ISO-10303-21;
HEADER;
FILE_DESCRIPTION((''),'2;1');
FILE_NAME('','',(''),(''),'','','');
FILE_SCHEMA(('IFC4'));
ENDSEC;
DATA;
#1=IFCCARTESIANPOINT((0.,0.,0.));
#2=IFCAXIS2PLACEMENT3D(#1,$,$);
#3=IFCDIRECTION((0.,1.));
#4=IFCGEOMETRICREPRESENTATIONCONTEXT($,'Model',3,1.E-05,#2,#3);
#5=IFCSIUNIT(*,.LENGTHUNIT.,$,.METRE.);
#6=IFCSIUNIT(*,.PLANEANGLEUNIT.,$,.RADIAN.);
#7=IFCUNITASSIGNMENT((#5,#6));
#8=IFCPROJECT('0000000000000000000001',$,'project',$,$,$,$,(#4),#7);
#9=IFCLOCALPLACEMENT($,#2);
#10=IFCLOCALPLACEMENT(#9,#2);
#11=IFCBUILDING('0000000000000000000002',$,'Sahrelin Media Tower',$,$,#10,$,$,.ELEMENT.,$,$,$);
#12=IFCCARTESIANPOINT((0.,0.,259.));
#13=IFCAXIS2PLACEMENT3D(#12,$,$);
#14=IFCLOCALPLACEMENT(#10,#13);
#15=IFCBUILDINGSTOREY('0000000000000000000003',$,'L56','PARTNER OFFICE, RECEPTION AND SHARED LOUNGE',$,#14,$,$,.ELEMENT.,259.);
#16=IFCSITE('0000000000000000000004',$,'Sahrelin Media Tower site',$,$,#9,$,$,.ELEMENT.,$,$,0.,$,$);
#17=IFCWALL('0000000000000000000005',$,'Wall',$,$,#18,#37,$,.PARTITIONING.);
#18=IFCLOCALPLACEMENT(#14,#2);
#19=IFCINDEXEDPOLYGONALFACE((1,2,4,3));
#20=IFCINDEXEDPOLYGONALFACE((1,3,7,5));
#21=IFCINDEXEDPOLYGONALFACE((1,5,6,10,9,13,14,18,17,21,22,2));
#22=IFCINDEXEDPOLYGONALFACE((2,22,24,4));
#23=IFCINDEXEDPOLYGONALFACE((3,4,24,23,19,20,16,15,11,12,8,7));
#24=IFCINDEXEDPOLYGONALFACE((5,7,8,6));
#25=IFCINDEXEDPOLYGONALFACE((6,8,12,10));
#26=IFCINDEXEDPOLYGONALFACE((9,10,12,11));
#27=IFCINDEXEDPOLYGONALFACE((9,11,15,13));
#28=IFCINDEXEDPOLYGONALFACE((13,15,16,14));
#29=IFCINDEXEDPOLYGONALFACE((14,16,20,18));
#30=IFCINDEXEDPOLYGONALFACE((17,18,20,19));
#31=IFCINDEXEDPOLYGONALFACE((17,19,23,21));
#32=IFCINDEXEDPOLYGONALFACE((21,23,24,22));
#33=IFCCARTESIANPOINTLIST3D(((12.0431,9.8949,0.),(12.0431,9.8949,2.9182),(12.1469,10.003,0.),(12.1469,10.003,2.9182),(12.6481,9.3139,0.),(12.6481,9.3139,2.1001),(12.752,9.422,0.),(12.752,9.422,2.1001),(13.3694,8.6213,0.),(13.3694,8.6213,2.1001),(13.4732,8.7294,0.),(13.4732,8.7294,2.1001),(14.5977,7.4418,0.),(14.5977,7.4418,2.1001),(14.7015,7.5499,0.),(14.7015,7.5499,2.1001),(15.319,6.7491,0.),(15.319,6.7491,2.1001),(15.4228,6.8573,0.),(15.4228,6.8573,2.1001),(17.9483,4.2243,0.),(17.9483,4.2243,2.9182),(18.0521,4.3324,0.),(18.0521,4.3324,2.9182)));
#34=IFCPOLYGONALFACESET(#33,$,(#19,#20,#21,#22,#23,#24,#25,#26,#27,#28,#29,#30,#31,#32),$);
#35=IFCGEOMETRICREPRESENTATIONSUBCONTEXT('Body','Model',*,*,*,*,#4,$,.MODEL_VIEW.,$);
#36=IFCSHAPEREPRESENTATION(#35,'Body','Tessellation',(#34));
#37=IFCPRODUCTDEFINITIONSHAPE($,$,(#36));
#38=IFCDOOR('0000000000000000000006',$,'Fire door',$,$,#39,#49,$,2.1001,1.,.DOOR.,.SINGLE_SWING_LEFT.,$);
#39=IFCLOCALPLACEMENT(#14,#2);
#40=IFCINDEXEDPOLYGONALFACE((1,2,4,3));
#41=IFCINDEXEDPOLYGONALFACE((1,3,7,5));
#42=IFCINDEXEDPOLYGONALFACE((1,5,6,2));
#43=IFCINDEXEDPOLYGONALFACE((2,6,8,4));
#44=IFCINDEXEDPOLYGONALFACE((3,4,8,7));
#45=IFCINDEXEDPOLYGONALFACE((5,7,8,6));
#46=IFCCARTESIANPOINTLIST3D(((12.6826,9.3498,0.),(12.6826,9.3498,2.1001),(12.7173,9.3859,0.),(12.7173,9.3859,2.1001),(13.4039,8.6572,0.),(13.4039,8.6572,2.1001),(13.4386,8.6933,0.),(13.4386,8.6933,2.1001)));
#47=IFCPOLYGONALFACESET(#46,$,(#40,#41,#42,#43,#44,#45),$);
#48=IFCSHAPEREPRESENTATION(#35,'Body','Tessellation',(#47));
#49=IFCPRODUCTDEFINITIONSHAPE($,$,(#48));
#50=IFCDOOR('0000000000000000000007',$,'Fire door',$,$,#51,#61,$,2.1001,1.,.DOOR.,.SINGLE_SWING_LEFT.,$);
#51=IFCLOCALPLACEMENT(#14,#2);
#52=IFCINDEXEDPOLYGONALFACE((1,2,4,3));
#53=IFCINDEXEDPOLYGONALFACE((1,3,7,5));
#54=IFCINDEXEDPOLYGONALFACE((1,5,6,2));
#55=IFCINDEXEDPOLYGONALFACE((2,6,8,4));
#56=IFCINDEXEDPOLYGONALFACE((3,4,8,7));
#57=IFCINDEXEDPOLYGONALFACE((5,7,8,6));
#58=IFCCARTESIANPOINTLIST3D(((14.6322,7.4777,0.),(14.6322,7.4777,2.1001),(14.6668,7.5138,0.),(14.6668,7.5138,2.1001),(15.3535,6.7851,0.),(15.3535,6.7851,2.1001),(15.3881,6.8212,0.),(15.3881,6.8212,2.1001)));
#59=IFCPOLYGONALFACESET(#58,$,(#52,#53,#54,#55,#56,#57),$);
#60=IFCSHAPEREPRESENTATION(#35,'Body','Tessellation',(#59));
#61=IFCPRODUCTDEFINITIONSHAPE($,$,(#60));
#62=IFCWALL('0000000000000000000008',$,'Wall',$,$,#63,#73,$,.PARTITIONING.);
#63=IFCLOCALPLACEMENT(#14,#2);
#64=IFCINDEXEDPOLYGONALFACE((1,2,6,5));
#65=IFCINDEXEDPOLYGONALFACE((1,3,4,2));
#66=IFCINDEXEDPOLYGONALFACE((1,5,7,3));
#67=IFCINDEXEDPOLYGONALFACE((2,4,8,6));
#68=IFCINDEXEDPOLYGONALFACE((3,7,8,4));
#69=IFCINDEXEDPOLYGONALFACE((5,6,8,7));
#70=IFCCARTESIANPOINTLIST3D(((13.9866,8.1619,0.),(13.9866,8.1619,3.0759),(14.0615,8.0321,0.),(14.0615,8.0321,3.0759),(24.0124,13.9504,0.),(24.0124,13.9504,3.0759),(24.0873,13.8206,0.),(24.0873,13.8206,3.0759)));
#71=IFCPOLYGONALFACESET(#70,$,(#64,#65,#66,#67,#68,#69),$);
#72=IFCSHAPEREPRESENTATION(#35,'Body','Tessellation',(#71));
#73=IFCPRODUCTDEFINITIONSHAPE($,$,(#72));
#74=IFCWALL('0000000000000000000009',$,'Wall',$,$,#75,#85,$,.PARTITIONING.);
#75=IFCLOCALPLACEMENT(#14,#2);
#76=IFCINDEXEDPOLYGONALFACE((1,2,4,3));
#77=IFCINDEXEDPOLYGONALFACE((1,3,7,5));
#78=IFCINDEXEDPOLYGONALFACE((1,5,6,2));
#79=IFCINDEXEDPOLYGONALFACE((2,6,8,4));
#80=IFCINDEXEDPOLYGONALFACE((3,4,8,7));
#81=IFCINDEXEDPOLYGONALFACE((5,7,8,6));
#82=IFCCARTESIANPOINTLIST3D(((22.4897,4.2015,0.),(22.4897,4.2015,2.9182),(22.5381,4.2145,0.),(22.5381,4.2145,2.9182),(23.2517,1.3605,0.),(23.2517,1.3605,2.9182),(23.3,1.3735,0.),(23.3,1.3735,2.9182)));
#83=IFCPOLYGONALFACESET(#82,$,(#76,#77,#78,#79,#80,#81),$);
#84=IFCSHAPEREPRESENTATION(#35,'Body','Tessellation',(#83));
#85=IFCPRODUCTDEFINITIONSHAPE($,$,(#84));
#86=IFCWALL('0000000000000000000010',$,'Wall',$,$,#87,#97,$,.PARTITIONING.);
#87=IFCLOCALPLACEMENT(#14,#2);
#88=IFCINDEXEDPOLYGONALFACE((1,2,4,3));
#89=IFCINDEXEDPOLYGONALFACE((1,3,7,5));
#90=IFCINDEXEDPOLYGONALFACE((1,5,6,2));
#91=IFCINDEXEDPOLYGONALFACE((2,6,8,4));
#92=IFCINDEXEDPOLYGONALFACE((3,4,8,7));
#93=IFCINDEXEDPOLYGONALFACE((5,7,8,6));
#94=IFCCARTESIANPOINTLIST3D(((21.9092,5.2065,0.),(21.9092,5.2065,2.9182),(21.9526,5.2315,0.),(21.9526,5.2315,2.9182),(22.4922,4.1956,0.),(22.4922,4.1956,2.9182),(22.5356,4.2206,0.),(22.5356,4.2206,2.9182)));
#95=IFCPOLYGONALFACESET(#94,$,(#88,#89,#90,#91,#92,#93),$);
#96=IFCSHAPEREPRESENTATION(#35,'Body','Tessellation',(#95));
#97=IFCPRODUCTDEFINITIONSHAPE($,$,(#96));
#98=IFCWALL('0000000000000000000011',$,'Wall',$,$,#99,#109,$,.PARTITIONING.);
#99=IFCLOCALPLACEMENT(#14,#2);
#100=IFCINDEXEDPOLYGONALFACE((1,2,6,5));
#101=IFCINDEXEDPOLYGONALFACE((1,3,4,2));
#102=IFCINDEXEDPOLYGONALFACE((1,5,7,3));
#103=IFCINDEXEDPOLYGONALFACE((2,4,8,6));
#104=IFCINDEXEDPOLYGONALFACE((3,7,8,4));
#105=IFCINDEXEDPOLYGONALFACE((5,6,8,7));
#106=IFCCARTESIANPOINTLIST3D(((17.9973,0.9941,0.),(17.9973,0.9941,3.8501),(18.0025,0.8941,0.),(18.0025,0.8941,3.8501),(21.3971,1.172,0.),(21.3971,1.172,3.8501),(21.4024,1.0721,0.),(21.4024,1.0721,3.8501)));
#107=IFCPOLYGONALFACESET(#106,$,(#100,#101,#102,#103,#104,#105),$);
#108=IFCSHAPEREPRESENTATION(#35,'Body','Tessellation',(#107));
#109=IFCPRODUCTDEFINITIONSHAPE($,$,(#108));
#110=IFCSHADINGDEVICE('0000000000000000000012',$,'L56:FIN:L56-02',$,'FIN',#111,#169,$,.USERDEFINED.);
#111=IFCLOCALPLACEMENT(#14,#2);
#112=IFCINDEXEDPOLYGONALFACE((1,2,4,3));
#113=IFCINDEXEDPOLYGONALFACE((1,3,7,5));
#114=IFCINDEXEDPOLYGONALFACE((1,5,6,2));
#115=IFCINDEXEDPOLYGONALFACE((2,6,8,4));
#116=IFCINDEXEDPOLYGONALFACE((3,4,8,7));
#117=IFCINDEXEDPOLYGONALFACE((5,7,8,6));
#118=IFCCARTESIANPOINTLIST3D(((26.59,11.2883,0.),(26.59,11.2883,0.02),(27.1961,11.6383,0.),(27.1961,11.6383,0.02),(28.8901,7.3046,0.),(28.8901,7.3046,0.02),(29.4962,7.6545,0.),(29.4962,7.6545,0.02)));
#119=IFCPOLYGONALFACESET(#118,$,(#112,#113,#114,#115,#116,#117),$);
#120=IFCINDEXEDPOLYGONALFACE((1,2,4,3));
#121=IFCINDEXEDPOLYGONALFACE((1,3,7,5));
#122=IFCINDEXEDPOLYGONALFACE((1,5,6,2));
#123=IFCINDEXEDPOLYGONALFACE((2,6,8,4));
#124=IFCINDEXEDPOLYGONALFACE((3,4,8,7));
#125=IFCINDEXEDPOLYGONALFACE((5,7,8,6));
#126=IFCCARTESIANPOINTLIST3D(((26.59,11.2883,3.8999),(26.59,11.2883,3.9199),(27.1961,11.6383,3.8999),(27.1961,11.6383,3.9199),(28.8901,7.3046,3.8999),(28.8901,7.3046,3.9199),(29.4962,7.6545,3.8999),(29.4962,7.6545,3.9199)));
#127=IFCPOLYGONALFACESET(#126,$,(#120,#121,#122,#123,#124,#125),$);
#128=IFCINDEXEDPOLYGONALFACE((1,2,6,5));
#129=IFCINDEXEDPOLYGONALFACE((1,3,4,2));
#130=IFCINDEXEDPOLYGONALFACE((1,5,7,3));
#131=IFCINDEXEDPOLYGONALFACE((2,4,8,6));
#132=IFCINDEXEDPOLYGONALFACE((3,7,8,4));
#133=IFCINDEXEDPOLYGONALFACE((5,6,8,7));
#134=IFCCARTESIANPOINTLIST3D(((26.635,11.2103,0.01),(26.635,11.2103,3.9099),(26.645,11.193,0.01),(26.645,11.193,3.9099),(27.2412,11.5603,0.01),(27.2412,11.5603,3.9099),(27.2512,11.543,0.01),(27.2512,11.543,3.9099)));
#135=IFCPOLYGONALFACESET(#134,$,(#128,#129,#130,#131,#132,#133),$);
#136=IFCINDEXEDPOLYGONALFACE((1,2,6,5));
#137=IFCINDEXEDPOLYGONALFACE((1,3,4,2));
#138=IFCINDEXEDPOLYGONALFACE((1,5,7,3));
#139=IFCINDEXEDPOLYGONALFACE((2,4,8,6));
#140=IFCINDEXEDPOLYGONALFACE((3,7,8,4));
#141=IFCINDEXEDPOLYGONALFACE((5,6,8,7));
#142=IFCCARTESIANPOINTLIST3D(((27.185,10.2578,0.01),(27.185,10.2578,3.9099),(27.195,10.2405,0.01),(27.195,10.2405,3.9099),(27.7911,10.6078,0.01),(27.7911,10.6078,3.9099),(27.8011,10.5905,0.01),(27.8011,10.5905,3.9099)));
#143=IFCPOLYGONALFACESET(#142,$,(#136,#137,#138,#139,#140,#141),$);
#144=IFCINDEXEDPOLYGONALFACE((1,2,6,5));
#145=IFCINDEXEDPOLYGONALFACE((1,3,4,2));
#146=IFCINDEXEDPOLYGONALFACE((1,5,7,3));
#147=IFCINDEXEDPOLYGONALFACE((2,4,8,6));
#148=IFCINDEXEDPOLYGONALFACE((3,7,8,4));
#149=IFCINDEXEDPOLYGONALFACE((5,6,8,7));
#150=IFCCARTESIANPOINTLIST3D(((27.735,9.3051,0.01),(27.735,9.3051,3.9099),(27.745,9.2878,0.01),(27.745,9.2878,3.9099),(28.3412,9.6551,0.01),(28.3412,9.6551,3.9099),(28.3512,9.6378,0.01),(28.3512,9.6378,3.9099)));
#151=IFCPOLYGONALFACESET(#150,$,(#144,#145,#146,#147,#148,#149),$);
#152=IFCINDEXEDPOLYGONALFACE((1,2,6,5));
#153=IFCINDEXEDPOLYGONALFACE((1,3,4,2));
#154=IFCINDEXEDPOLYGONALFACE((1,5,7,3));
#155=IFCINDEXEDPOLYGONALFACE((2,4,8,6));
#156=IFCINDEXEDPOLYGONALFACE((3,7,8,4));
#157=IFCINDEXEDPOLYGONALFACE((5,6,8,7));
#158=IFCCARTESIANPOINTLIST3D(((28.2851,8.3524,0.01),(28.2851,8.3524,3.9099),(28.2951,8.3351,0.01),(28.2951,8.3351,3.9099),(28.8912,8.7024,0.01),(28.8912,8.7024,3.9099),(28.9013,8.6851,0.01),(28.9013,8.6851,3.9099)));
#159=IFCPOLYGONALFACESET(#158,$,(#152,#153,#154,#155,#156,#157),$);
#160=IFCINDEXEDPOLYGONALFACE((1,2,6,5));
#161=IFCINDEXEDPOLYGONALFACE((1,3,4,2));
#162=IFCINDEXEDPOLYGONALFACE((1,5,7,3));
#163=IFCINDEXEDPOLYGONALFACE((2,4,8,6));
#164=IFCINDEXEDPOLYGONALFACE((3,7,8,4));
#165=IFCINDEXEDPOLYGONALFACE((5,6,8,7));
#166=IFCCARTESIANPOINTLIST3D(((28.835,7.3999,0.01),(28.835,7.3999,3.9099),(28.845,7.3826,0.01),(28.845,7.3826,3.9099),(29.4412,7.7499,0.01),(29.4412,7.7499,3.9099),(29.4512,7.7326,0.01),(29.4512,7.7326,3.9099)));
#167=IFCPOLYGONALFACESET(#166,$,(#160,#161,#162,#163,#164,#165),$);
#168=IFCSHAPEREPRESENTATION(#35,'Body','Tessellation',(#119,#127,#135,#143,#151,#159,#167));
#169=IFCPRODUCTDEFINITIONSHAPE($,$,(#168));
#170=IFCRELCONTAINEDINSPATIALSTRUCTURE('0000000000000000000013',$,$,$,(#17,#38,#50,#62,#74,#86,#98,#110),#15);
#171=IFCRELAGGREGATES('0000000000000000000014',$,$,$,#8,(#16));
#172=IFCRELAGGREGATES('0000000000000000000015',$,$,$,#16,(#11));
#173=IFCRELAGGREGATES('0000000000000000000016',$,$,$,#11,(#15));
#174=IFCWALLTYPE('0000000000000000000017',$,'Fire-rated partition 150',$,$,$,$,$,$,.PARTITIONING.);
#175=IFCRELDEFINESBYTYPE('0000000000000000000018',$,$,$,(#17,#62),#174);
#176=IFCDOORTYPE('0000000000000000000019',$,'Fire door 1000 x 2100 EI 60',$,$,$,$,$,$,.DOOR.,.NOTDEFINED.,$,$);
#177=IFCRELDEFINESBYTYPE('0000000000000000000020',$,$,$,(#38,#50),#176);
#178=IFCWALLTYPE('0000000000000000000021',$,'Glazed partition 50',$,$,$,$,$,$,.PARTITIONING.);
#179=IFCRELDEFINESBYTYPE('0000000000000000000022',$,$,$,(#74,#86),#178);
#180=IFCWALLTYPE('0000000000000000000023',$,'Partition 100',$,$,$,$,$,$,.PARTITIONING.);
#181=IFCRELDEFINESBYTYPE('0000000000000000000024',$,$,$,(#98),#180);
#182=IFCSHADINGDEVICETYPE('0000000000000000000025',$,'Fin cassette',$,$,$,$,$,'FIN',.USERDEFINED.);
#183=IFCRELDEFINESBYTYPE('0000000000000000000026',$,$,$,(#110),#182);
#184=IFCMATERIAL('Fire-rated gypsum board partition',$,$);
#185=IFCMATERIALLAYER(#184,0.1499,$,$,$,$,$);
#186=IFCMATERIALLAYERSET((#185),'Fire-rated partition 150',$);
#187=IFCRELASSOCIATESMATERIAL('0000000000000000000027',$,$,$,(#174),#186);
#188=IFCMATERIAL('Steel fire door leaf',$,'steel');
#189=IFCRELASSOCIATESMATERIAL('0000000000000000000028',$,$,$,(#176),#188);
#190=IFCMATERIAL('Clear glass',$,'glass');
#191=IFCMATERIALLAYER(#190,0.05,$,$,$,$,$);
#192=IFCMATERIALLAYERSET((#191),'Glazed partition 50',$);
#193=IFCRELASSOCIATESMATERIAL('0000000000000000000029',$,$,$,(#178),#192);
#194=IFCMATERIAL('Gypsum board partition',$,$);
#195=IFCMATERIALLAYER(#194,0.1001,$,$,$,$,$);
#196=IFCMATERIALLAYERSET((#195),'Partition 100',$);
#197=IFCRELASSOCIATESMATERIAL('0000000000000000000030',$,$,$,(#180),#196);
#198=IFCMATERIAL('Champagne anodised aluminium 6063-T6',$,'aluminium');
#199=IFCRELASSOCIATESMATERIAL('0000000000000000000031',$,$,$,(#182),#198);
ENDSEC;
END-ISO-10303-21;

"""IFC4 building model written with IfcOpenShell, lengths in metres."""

from ifc_helpers import new_model, si_unit, direction, frame, frame_2d, origin, origin_2d, place, context, subcontext, project, spatial, rectangle, extrude, material, layer, layer_set, type_object, element, fill, save


model = new_model("IFC4")

# Units and contexts
model_context = context("Model", 3, precision=1e-05, world=origin(), true_north=direction((0.0, 1.0)))
body_context = subcontext(model_context, "Body", "Model", "MODEL_VIEW")
ifc_project = project(units=[si_unit("LENGTHUNIT", "METRE"), si_unit("PLANEANGLEUNIT", "RADIAN")], contexts=[model_context])

# Site, building, storey
site_placement = place(None, origin())
site = spatial("IfcSite", under=ifc_project, at=site_placement, Name="Sahrelin Media Tower site", CompositionType="ELEMENT", RefElevation=0.0)
building_placement = place(site_placement, origin())
building = spatial("IfcBuilding", under=site, at=building_placement, Name="Sahrelin Media Tower", CompositionType="ELEMENT")
storey_placement = place(building_placement, frame((0.0, 0.0, 259.0)))
storey = spatial("IfcBuildingStorey", under=building, at=storey_placement, Name="L56", Description="PARTNER OFFICE, RECEPTION AND SHARED LOUNGE", CompositionType="ELEMENT", Elevation=259.0)

# Shared definitions
ifc_material_1 = material(Name="Champagne anodised aluminium 6063-T6", Category="aluminium")

# Wall, openings, doors
ifc_material_2 = material(Name="Fire-rated gypsum board partition")
ifc_layer_1 = layer(ifc_material_2, 0.1499)
ifc_layer_set_1 = layer_set([ifc_layer_1], Name="Fire-rated partition 150")
wall_type_1 = type_object("IfcWallType", Name="Fire-rated partition 150", PredefinedType="PARTITIONING", material=ifc_layer_set_1)
wall_1_placement = place(storey_placement, frame((12.095, 9.949, 0.0), z_axis=(0.0, 0.0, 1.0), x_axis=(0.72129, -0.692633, 0.0)))
wall_1 = element("IfcWall", 1, at=wall_1_placement, inside=storey, type_object=wall_type_1, Name="Wall", PredefinedType="PARTITIONING", context=body_context, shape_type="SweptSolid", body=[
    extrude(rectangle(XDim=8.187, YDim=0.1499, at=frame_2d((4.0935, 0.0))), origin(), (0.0, 0.0, 1.0), 2.9182),
])
opening_1_placement = place(wall_1_placement, frame((0.8389, 0.0, 0.0)))
opening_1 = element("IfcOpeningElement", 2, at=opening_1_placement, cuts=wall_1, PredefinedType="OPENING", context=body_context, shape_type="SweptSolid", body=[
    extrude(rectangle(XDim=1.0, YDim=2.1001, at=frame_2d((0.5, 1.05))), frame((0.0, 0.075, 0.0), z_axis=(0.0, -1.0, 0.0), x_axis=(1.0, 0.0, 0.0)), (0.0, 0.0, 1.0), 0.1499),
])
opening_2_placement = place(wall_1_placement, frame((3.5417, 0.0, 0.0)))
opening_2 = element("IfcOpeningElement", 3, at=opening_2_placement, cuts=wall_1, PredefinedType="OPENING", context=body_context, shape_type="SweptSolid", body=[
    extrude(rectangle(XDim=1.0, YDim=2.1001, at=frame_2d((0.5, 1.05))), frame((0.0, 0.075, 0.0), z_axis=(0.0, -1.0, 0.0), x_axis=(1.0, 0.0, 0.0)), (0.0, 0.0, 1.0), 0.1499),
])
ifc_material_3 = material(Name="Steel fire door leaf", Category="steel")
door_type_1 = type_object("IfcDoorType", Name="Fire door 1000 x 2100 EI 60", OperationType="NOTDEFINED", PredefinedType="DOOR", material=ifc_material_3)
door_1_placement = place(opening_1_placement, origin())
door_1 = element("IfcDoor", 4, at=door_1_placement, inside=storey, type_object=door_type_1, Name="Fire door", OperationType="SINGLE_SWING_LEFT", OverallHeight=2.1001, OverallWidth=1.0, PredefinedType="DOOR", context=body_context, shape_type="SweptSolid", body=[
    extrude(rectangle(XDim=1.0, YDim=2.1001, at=frame_2d((0.5, 1.05))), frame((0.0, 0.0249, 0.0), z_axis=(0.0, -1.0, 0.0), x_axis=(1.0, 0.0, 0.0)), (0.0, 0.0, 1.0), 0.05),
])
fill(opening_1, door_1)
door_2_placement = place(opening_2_placement, origin())
door_2 = element("IfcDoor", 5, at=door_2_placement, inside=storey, type_object=door_type_1, Name="Fire door", OperationType="SINGLE_SWING_LEFT", OverallHeight=2.1001, OverallWidth=1.0, PredefinedType="DOOR", context=body_context, shape_type="SweptSolid", body=[
    extrude(rectangle(XDim=1.0, YDim=2.1001, at=frame_2d((0.5, 1.05))), frame((0.0, 0.0249, 0.0), z_axis=(0.0, -1.0, 0.0), x_axis=(1.0, 0.0, 0.0)), (0.0, 0.0, 1.0), 0.05),
])
fill(opening_2, door_2)

# Walls
wall_2_placement = place(storey_placement, frame((14.0239, 8.0969, 0.0), z_axis=(0.0, 0.0, 1.0), x_axis=(0.866021, 0.500008, 0.0)))
element("IfcWall", 6, at=wall_2_placement, inside=storey, type_object=wall_type_1, Name="Wall", PredefinedType="PARTITIONING", context=body_context, shape_type="SweptSolid", body=[
    extrude(rectangle(XDim=11.5769, YDim=0.1499, at=frame_2d((5.7886, 0.0))), origin(), (0.0, 0.0, 1.0), 3.0759),
])
ifc_material_4 = material(Name="Clear glass", Category="glass")
ifc_layer_2 = layer(ifc_material_4, 0.05)
ifc_layer_set_2 = layer_set([ifc_layer_2], Name="Glazed partition 50")
wall_type_2 = type_object("IfcWallType", Name="Glazed partition 50", PredefinedType="PARTITIONING", material=ifc_layer_set_2)
wall_3_placement = place(storey_placement, frame((22.5139, 4.208, 0.0), z_axis=(0.0, 0.0, 1.0), x_axis=(0.259042, -0.965866, 0.0)))
element("IfcWall", 7, at=wall_3_placement, inside=storey, type_object=wall_type_2, Name="Wall", PredefinedType="PARTITIONING", context=body_context, shape_type="SweptSolid", body=[
    extrude(rectangle(XDim=2.9414, YDim=0.05, at=frame_2d((1.4707, 0.0))), origin(), (0.0, 0.0, 1.0), 2.9182),
])
wall_4_placement = place(storey_placement, frame((21.9309, 5.219, 0.0), z_axis=(0.0, 0.0, 1.0), x_axis=(0.499559, -0.86628, 0.0)))
element("IfcWall", 8, at=wall_4_placement, inside=storey, type_object=wall_type_2, Name="Wall", PredefinedType="PARTITIONING", context=body_context, shape_type="SweptSolid", body=[
    extrude(rectangle(XDim=1.167, YDim=0.05, at=frame_2d((0.5835, 0.0))), origin(), (0.0, 0.0, 1.0), 2.9182),
])

# Wall
ifc_material_5 = material(Name="Gypsum board partition")
ifc_layer_3 = layer(ifc_material_5, 0.1001)
ifc_layer_set_3 = layer_set([ifc_layer_3], Name="Partition 100")
wall_type_3 = type_object("IfcWallType", Name="Partition 100", PredefinedType="PARTITIONING", material=ifc_layer_set_3)
wall_5_placement = place(storey_placement, frame((18.0, 0.9441, 0.0), z_axis=(0.0, 0.0, 1.0), x_axis=(0.998633, 0.052277, 0.0)))
element("IfcWall", 9, at=wall_5_placement, inside=storey, type_object=wall_type_3, Name="Wall", PredefinedType="PARTITIONING", context=body_context, shape_type="SweptSolid", body=[
    extrude(rectangle(XDim=3.4045, YDim=0.1001, at=frame_2d((1.7021, 0.0))), origin(), (0.0, 0.0, 1.0), 3.8501),
])

# Shading device
shading_device_type_1 = type_object("IfcShadingDeviceType", Name="Fin cassette", ElementType="FIN", PredefinedType="USERDEFINED", material=ifc_material_1)
placement = place(storey_placement, frame((27.6794, 9.2615, 0.0), z_axis=(0.0, 0.0, 1.0), x_axis=(0.500011, -0.866019, 0.0)))
element("IfcShadingDevice", 10, at=placement, inside=storey, type_object=shading_device_type_1, Name="L56:FIN:L56-02", ObjectType="FIN", PredefinedType="USERDEFINED", context=body_context, shape_type="SweptSolid", body=[
    extrude(rectangle(XDim=4.6001, YDim=0.7, at=origin_2d()), frame((0.0, 0.4199, 0.0)), (0.0, 0.0, 1.0), 0.02),
    extrude(rectangle(XDim=4.6001, YDim=0.7, at=origin_2d()), frame((0.0, 0.4199, 3.8999)), (0.0, 0.0, 1.0), 0.02),
    extrude(rectangle(XDim=0.02, YDim=0.7, at=origin_2d()), frame((-2.2, 0.4199, 0.01), z_axis=(0.0, 0.0, 1.0), x_axis=(1.0, 0.0, 0.0)), (0.0, 0.0, 1.0), 3.8999),
    extrude(rectangle(XDim=0.02, YDim=0.7, at=origin_2d()), frame((-1.1001, 0.4199, 0.01), z_axis=(0.0, 0.0, 1.0), x_axis=(1.0, 0.0, 0.0)), (0.0, 0.0, 1.0), 3.8999),
    extrude(rectangle(XDim=0.02, YDim=0.7, at=origin_2d()), frame((0.0, 0.4199, 0.01), z_axis=(0.0, 0.0, 1.0), x_axis=(1.0, 0.0, 0.0)), (0.0, 0.0, 1.0), 3.8999),
    extrude(rectangle(XDim=0.02, YDim=0.7, at=origin_2d()), frame((1.1001, 0.4199, 0.01), z_axis=(0.0, 0.0, 1.0), x_axis=(1.0, 0.0, 0.0)), (0.0, 0.0, 1.0), 3.8999),
    extrude(rectangle(XDim=0.02, YDim=0.7, at=origin_2d()), frame((2.2, 0.4199, 0.01), z_axis=(0.0, 0.0, 1.0), x_axis=(1.0, 0.0, 0.0)), (0.0, 0.0, 1.0), 3.8999),
])

save(model, "model.ifc")
